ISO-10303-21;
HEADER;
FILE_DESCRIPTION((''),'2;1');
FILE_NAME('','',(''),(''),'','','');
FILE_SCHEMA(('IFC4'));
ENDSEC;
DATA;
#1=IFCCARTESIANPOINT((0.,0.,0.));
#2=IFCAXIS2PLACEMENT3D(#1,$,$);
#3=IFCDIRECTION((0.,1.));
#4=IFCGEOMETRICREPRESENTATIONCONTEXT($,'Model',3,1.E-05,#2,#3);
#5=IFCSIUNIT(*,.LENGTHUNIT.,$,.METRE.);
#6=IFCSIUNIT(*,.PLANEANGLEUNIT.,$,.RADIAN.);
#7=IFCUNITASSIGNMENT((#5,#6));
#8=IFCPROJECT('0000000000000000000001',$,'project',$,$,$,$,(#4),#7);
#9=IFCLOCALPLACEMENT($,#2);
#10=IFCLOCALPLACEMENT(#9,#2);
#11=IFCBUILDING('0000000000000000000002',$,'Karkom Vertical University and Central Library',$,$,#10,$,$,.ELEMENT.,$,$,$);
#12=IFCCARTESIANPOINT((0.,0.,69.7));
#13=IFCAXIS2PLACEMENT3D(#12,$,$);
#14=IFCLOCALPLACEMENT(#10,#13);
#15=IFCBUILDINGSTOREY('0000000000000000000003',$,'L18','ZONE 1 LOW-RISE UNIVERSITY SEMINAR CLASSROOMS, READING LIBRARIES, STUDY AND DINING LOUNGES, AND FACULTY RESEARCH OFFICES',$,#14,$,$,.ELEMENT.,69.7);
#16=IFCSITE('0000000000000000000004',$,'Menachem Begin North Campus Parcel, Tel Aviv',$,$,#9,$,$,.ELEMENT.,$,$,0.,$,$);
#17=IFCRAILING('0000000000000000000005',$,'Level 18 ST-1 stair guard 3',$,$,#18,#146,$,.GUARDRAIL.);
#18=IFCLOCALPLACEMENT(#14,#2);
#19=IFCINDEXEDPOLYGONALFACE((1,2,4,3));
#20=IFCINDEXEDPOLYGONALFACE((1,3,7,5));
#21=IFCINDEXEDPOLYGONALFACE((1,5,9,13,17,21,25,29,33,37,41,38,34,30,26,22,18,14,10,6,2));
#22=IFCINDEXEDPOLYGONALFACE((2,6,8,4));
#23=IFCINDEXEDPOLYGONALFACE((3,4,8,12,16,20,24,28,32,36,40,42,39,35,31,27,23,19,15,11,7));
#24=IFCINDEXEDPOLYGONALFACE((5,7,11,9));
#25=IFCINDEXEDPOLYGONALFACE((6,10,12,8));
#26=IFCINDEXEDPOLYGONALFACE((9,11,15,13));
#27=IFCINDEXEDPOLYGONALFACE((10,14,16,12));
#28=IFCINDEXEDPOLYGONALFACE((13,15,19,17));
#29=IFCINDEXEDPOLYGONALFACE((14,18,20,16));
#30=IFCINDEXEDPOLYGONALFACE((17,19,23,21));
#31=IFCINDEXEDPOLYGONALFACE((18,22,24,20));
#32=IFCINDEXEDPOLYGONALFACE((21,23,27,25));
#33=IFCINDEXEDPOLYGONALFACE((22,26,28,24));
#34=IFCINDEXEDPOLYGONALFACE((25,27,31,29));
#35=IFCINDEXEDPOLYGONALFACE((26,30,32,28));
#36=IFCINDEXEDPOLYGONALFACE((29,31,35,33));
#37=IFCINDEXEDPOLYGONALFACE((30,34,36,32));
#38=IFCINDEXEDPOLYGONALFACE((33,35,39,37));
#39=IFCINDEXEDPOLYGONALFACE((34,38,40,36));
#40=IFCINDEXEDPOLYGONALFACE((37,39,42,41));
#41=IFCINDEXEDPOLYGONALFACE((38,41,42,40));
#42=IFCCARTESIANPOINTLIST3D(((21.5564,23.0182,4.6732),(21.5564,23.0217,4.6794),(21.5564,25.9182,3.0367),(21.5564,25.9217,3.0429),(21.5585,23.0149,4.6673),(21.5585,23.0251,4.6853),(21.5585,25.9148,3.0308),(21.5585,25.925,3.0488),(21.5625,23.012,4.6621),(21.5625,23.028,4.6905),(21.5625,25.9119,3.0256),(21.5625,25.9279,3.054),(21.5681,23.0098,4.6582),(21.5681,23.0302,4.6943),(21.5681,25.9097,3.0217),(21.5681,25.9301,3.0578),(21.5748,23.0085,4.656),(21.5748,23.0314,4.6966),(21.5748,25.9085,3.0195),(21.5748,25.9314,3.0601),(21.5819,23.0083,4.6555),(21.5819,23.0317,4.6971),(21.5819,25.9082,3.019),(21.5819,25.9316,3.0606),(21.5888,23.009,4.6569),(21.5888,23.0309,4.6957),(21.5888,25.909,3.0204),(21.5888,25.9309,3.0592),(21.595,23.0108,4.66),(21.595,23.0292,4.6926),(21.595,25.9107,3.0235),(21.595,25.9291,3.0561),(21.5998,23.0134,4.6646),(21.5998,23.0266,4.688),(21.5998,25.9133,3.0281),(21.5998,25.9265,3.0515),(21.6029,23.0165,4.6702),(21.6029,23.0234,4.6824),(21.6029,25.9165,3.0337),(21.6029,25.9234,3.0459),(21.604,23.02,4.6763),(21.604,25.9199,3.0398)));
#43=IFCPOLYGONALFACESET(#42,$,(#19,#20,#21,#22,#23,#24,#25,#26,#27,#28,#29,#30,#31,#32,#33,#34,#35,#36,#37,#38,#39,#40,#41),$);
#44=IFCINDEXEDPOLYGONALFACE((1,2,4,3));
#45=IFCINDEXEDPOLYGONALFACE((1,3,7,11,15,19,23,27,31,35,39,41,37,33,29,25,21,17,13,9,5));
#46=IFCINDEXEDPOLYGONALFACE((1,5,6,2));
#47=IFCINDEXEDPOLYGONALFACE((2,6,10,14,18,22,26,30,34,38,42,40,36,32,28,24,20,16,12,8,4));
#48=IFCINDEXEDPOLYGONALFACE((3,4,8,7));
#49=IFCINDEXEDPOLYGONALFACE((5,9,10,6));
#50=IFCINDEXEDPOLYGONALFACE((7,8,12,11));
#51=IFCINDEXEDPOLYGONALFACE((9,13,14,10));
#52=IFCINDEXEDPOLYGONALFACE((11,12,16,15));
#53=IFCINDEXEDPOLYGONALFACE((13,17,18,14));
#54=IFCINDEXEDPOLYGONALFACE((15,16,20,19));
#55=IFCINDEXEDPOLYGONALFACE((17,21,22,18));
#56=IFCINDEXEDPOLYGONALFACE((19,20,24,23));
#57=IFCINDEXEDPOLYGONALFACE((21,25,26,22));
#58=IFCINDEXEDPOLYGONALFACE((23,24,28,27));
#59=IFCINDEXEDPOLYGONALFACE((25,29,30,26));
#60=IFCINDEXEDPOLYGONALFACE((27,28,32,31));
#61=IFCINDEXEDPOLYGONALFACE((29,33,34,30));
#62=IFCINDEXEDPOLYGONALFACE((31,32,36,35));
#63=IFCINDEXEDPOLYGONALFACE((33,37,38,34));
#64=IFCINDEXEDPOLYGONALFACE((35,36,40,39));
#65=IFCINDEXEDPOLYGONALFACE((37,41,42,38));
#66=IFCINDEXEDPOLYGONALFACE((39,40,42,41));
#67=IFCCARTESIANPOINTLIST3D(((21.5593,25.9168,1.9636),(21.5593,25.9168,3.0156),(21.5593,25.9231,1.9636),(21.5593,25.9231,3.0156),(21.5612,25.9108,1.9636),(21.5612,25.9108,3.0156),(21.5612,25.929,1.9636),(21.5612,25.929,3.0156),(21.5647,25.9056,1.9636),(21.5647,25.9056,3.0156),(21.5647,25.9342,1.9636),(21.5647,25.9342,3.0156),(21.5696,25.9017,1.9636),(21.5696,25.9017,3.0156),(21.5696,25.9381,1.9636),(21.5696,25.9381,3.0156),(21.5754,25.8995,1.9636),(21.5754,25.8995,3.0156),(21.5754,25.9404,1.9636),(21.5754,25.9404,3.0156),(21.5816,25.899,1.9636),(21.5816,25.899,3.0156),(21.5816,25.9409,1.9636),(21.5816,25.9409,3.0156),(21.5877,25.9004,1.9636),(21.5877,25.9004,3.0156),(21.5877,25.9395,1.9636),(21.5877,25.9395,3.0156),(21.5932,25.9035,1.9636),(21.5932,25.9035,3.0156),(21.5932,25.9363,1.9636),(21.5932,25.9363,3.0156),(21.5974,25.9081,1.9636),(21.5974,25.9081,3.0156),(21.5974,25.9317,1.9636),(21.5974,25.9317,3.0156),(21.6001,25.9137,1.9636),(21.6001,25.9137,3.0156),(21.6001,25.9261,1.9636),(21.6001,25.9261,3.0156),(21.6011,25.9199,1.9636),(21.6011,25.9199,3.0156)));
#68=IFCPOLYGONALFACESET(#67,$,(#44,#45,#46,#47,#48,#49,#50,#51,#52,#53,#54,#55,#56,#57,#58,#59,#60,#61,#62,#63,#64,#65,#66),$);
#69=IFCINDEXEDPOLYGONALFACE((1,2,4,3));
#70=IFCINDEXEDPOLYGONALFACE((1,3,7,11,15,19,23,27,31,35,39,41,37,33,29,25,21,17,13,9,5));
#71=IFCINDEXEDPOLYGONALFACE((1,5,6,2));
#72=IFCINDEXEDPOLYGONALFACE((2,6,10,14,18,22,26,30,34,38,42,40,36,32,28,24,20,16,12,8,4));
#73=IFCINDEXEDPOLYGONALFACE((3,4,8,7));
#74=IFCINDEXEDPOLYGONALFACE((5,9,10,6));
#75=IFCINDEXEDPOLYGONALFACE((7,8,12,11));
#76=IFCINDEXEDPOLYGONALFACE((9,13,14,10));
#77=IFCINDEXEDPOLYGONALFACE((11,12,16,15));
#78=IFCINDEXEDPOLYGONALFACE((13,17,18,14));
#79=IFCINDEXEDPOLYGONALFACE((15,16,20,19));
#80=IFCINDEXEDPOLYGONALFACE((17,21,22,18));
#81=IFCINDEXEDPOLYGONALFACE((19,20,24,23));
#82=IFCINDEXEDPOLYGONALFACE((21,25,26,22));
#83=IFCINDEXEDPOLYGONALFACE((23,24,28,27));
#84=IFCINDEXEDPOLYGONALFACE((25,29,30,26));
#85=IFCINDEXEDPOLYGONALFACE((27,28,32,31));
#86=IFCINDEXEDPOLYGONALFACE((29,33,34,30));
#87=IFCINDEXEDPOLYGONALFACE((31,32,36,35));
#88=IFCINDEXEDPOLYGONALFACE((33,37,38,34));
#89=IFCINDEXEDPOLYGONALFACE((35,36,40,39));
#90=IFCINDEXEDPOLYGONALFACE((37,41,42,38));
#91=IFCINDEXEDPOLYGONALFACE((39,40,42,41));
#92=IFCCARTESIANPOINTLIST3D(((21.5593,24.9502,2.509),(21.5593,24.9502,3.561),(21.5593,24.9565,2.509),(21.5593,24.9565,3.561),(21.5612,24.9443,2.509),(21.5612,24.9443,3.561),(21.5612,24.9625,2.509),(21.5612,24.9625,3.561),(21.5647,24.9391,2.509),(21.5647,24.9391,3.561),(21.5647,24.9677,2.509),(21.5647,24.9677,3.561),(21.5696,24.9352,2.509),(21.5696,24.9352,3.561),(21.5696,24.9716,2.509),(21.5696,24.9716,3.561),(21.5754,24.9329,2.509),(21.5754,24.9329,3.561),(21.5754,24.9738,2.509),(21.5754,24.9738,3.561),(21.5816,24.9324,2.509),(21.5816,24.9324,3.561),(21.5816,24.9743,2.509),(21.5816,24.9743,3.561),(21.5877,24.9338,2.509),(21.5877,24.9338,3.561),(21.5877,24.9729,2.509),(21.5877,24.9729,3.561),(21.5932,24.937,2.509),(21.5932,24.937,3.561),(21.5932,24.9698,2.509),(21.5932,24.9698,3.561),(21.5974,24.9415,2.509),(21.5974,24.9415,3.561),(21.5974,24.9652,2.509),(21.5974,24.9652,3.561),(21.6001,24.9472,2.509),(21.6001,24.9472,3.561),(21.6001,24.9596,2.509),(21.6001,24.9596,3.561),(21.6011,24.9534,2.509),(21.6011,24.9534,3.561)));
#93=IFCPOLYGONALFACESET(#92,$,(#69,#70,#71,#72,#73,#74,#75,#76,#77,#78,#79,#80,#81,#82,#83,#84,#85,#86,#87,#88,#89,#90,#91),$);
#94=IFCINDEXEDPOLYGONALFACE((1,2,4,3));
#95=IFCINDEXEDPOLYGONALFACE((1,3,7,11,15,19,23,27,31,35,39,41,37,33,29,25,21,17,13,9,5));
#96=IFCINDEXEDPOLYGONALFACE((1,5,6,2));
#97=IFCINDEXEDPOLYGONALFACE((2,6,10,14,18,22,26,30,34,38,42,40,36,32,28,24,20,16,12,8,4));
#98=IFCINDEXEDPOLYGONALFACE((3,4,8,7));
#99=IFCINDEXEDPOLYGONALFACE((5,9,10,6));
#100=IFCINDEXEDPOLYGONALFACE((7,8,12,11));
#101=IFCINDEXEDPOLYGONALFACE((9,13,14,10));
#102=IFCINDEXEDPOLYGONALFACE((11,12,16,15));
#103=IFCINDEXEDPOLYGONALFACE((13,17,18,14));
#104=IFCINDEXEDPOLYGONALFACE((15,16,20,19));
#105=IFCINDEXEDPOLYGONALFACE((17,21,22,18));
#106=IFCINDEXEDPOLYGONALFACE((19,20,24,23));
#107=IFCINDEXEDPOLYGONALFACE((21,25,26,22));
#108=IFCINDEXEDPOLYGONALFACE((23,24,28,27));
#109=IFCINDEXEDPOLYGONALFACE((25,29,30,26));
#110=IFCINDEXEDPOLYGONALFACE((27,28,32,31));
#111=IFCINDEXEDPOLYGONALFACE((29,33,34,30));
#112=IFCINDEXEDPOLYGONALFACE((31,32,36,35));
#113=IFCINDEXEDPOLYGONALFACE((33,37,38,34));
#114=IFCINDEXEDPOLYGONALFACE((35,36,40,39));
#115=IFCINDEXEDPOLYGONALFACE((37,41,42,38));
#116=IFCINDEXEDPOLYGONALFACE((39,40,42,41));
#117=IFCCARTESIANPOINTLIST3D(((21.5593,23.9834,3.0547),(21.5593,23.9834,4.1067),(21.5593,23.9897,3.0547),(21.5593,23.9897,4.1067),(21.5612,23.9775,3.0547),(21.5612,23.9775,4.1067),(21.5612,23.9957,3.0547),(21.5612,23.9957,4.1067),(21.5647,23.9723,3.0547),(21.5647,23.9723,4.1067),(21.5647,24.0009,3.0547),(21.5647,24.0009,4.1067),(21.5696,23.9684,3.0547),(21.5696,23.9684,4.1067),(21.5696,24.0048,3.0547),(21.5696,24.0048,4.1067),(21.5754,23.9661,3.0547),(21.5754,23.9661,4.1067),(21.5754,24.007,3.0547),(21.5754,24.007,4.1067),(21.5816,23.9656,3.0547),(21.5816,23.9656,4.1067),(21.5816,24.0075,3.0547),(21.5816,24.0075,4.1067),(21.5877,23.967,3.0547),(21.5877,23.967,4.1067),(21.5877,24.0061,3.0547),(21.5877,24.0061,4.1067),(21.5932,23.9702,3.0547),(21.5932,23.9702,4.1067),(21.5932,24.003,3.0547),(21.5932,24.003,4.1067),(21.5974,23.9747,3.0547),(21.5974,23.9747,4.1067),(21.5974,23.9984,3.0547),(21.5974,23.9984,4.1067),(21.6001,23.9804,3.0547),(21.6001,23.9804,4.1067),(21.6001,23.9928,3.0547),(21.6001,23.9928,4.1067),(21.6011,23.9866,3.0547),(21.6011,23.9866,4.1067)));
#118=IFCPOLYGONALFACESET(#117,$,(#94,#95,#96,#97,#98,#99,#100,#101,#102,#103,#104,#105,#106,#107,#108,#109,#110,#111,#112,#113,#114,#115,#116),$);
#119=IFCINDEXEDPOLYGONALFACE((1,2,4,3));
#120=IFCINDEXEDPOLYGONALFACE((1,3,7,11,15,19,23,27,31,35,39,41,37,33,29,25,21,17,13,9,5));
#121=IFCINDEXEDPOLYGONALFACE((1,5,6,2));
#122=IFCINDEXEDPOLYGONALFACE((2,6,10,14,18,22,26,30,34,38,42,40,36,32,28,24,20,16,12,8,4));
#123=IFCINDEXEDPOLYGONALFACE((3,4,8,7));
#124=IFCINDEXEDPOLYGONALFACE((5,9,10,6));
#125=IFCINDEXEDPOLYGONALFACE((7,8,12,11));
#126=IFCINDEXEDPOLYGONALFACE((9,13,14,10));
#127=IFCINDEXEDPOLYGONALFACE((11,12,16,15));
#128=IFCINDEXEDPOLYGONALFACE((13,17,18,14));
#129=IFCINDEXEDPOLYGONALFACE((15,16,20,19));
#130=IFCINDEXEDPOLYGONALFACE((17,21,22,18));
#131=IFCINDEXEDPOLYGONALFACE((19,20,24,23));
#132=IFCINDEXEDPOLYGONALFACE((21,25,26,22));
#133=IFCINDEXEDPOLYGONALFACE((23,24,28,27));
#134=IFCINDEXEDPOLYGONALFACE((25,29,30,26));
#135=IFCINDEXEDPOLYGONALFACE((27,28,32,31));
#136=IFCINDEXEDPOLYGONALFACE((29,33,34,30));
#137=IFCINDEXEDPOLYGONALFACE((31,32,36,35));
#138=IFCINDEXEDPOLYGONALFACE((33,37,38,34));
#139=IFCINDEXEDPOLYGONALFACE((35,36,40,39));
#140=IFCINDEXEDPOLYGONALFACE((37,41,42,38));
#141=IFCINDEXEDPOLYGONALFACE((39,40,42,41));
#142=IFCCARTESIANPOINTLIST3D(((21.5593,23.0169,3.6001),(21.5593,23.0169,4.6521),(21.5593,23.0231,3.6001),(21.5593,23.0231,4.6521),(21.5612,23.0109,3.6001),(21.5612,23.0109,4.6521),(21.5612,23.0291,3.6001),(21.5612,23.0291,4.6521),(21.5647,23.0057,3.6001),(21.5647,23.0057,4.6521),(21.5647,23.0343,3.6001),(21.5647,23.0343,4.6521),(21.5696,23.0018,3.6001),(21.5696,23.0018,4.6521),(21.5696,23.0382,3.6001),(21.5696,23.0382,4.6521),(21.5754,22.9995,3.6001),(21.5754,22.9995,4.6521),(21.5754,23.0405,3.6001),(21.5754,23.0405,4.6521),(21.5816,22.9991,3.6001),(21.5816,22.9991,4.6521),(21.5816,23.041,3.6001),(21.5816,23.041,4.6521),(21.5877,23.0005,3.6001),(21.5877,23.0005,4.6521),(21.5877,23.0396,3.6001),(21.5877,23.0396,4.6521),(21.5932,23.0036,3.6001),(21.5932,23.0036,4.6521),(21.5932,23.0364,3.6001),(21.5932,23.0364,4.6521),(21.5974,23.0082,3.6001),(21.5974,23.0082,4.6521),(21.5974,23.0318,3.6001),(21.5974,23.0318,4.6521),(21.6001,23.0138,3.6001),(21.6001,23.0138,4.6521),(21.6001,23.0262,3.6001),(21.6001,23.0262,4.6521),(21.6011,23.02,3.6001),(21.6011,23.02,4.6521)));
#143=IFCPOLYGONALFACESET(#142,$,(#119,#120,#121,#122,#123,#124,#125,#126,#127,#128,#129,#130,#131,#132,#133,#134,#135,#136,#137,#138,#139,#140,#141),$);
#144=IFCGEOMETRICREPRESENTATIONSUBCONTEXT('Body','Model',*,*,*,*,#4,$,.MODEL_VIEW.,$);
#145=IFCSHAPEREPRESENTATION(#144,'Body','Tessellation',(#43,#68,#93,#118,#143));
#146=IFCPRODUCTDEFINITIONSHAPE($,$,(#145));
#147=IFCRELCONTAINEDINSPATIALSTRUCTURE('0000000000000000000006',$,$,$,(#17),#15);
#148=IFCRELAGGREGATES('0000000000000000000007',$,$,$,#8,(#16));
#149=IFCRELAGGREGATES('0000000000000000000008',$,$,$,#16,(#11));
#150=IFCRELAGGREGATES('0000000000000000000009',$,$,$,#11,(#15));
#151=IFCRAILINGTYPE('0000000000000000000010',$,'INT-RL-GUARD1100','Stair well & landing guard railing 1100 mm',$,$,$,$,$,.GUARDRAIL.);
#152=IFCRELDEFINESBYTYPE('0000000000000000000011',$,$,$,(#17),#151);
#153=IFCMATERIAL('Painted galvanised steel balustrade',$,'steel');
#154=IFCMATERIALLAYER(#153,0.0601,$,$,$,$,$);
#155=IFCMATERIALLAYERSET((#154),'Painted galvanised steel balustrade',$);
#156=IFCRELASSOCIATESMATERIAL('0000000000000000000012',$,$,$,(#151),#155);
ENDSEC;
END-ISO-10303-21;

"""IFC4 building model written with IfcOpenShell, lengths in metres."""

from ifc_helpers import new_model, si_unit, direction, frame, origin, origin_2d, place, context, subcontext, project, spatial, circle, extrude, material, layer, layer_set, type_object, element, save


model = new_model("IFC4")

# Units and contexts
model_context = context("Model", 3, precision=1e-05, world=origin(), true_north=direction((0.0, 1.0)))
body_context = subcontext(model_context, "Body", "Model", "MODEL_VIEW")
ifc_project = project(units=[si_unit("LENGTHUNIT", "METRE"), si_unit("PLANEANGLEUNIT", "RADIAN")], contexts=[model_context])

# Site, building, storey
site_placement = place(None, origin())
site = spatial("IfcSite", under=ifc_project, at=site_placement, Name="Menachem Begin North Campus Parcel, Tel Aviv", CompositionType="ELEMENT", RefElevation=0.0)
building_placement = place(site_placement, origin())
building = spatial("IfcBuilding", under=site, at=building_placement, Name="Karkom Vertical University and Central Library", CompositionType="ELEMENT")
storey_placement = place(building_placement, frame((0.0, 0.0, 69.7)))
storey = spatial("IfcBuildingStorey", under=building, at=storey_placement, Name="L18", Description="ZONE 1 LOW-RISE UNIVERSITY SEMINAR CLASSROOMS, READING LIBRARIES, STUDY AND DINING LOUNGES, AND FACULTY RESEARCH OFFICES", CompositionType="ELEMENT", Elevation=69.7)

# Railing
ifc_material_1 = material(Name="Painted galvanised steel balustrade", Category="steel")
ifc_layer_1 = layer(ifc_material_1, 0.0601)
ifc_layer_set_1 = layer_set([ifc_layer_1], Name="Painted galvanised steel balustrade")
railing_type_1 = type_object("IfcRailingType", Name="INT-RL-GUARD1100", Description="Stair well & landing guard railing 1100 mm", PredefinedType="GUARDRAIL", material=ifc_layer_set_1)
railing_1_placement = place(storey_placement, frame((21.5801, 25.9199, 1.9636)))
element("IfcRailing", 1, at=railing_1_placement, inside=storey, type_object=railing_type_1, Name="Level 18 ST-1 stair guard 3", PredefinedType="GUARDRAIL", context=body_context, shape_type="SweptSolid", body=[
    extrude(circle(Radius=0.0239, at=origin_2d()), frame((0.0, 0.0, 1.0762), z_axis=(0.0, -0.870897, 0.491465), x_axis=(1.0, 0.0, 0.0)), (0.0, 0.0, 1.0), 3.3298),
    extrude(circle(Radius=0.021, at=origin_2d()), origin(), (0.0, 0.0, 1.0), 1.052),
    extrude(circle(Radius=0.021, at=origin_2d()), frame((0.0, -0.9666, 0.5454)), (0.0, 0.0, 1.0), 1.052),
    extrude(circle(Radius=0.021, at=origin_2d()), frame((0.0, -1.9333, 1.0911)), (0.0, 0.0, 1.0), 1.052),
    extrude(circle(Radius=0.021, at=origin_2d()), frame((0.0, -2.8999, 1.6365)), (0.0, 0.0, 1.0), 1.052),
])

save(model, "model.ifc")
